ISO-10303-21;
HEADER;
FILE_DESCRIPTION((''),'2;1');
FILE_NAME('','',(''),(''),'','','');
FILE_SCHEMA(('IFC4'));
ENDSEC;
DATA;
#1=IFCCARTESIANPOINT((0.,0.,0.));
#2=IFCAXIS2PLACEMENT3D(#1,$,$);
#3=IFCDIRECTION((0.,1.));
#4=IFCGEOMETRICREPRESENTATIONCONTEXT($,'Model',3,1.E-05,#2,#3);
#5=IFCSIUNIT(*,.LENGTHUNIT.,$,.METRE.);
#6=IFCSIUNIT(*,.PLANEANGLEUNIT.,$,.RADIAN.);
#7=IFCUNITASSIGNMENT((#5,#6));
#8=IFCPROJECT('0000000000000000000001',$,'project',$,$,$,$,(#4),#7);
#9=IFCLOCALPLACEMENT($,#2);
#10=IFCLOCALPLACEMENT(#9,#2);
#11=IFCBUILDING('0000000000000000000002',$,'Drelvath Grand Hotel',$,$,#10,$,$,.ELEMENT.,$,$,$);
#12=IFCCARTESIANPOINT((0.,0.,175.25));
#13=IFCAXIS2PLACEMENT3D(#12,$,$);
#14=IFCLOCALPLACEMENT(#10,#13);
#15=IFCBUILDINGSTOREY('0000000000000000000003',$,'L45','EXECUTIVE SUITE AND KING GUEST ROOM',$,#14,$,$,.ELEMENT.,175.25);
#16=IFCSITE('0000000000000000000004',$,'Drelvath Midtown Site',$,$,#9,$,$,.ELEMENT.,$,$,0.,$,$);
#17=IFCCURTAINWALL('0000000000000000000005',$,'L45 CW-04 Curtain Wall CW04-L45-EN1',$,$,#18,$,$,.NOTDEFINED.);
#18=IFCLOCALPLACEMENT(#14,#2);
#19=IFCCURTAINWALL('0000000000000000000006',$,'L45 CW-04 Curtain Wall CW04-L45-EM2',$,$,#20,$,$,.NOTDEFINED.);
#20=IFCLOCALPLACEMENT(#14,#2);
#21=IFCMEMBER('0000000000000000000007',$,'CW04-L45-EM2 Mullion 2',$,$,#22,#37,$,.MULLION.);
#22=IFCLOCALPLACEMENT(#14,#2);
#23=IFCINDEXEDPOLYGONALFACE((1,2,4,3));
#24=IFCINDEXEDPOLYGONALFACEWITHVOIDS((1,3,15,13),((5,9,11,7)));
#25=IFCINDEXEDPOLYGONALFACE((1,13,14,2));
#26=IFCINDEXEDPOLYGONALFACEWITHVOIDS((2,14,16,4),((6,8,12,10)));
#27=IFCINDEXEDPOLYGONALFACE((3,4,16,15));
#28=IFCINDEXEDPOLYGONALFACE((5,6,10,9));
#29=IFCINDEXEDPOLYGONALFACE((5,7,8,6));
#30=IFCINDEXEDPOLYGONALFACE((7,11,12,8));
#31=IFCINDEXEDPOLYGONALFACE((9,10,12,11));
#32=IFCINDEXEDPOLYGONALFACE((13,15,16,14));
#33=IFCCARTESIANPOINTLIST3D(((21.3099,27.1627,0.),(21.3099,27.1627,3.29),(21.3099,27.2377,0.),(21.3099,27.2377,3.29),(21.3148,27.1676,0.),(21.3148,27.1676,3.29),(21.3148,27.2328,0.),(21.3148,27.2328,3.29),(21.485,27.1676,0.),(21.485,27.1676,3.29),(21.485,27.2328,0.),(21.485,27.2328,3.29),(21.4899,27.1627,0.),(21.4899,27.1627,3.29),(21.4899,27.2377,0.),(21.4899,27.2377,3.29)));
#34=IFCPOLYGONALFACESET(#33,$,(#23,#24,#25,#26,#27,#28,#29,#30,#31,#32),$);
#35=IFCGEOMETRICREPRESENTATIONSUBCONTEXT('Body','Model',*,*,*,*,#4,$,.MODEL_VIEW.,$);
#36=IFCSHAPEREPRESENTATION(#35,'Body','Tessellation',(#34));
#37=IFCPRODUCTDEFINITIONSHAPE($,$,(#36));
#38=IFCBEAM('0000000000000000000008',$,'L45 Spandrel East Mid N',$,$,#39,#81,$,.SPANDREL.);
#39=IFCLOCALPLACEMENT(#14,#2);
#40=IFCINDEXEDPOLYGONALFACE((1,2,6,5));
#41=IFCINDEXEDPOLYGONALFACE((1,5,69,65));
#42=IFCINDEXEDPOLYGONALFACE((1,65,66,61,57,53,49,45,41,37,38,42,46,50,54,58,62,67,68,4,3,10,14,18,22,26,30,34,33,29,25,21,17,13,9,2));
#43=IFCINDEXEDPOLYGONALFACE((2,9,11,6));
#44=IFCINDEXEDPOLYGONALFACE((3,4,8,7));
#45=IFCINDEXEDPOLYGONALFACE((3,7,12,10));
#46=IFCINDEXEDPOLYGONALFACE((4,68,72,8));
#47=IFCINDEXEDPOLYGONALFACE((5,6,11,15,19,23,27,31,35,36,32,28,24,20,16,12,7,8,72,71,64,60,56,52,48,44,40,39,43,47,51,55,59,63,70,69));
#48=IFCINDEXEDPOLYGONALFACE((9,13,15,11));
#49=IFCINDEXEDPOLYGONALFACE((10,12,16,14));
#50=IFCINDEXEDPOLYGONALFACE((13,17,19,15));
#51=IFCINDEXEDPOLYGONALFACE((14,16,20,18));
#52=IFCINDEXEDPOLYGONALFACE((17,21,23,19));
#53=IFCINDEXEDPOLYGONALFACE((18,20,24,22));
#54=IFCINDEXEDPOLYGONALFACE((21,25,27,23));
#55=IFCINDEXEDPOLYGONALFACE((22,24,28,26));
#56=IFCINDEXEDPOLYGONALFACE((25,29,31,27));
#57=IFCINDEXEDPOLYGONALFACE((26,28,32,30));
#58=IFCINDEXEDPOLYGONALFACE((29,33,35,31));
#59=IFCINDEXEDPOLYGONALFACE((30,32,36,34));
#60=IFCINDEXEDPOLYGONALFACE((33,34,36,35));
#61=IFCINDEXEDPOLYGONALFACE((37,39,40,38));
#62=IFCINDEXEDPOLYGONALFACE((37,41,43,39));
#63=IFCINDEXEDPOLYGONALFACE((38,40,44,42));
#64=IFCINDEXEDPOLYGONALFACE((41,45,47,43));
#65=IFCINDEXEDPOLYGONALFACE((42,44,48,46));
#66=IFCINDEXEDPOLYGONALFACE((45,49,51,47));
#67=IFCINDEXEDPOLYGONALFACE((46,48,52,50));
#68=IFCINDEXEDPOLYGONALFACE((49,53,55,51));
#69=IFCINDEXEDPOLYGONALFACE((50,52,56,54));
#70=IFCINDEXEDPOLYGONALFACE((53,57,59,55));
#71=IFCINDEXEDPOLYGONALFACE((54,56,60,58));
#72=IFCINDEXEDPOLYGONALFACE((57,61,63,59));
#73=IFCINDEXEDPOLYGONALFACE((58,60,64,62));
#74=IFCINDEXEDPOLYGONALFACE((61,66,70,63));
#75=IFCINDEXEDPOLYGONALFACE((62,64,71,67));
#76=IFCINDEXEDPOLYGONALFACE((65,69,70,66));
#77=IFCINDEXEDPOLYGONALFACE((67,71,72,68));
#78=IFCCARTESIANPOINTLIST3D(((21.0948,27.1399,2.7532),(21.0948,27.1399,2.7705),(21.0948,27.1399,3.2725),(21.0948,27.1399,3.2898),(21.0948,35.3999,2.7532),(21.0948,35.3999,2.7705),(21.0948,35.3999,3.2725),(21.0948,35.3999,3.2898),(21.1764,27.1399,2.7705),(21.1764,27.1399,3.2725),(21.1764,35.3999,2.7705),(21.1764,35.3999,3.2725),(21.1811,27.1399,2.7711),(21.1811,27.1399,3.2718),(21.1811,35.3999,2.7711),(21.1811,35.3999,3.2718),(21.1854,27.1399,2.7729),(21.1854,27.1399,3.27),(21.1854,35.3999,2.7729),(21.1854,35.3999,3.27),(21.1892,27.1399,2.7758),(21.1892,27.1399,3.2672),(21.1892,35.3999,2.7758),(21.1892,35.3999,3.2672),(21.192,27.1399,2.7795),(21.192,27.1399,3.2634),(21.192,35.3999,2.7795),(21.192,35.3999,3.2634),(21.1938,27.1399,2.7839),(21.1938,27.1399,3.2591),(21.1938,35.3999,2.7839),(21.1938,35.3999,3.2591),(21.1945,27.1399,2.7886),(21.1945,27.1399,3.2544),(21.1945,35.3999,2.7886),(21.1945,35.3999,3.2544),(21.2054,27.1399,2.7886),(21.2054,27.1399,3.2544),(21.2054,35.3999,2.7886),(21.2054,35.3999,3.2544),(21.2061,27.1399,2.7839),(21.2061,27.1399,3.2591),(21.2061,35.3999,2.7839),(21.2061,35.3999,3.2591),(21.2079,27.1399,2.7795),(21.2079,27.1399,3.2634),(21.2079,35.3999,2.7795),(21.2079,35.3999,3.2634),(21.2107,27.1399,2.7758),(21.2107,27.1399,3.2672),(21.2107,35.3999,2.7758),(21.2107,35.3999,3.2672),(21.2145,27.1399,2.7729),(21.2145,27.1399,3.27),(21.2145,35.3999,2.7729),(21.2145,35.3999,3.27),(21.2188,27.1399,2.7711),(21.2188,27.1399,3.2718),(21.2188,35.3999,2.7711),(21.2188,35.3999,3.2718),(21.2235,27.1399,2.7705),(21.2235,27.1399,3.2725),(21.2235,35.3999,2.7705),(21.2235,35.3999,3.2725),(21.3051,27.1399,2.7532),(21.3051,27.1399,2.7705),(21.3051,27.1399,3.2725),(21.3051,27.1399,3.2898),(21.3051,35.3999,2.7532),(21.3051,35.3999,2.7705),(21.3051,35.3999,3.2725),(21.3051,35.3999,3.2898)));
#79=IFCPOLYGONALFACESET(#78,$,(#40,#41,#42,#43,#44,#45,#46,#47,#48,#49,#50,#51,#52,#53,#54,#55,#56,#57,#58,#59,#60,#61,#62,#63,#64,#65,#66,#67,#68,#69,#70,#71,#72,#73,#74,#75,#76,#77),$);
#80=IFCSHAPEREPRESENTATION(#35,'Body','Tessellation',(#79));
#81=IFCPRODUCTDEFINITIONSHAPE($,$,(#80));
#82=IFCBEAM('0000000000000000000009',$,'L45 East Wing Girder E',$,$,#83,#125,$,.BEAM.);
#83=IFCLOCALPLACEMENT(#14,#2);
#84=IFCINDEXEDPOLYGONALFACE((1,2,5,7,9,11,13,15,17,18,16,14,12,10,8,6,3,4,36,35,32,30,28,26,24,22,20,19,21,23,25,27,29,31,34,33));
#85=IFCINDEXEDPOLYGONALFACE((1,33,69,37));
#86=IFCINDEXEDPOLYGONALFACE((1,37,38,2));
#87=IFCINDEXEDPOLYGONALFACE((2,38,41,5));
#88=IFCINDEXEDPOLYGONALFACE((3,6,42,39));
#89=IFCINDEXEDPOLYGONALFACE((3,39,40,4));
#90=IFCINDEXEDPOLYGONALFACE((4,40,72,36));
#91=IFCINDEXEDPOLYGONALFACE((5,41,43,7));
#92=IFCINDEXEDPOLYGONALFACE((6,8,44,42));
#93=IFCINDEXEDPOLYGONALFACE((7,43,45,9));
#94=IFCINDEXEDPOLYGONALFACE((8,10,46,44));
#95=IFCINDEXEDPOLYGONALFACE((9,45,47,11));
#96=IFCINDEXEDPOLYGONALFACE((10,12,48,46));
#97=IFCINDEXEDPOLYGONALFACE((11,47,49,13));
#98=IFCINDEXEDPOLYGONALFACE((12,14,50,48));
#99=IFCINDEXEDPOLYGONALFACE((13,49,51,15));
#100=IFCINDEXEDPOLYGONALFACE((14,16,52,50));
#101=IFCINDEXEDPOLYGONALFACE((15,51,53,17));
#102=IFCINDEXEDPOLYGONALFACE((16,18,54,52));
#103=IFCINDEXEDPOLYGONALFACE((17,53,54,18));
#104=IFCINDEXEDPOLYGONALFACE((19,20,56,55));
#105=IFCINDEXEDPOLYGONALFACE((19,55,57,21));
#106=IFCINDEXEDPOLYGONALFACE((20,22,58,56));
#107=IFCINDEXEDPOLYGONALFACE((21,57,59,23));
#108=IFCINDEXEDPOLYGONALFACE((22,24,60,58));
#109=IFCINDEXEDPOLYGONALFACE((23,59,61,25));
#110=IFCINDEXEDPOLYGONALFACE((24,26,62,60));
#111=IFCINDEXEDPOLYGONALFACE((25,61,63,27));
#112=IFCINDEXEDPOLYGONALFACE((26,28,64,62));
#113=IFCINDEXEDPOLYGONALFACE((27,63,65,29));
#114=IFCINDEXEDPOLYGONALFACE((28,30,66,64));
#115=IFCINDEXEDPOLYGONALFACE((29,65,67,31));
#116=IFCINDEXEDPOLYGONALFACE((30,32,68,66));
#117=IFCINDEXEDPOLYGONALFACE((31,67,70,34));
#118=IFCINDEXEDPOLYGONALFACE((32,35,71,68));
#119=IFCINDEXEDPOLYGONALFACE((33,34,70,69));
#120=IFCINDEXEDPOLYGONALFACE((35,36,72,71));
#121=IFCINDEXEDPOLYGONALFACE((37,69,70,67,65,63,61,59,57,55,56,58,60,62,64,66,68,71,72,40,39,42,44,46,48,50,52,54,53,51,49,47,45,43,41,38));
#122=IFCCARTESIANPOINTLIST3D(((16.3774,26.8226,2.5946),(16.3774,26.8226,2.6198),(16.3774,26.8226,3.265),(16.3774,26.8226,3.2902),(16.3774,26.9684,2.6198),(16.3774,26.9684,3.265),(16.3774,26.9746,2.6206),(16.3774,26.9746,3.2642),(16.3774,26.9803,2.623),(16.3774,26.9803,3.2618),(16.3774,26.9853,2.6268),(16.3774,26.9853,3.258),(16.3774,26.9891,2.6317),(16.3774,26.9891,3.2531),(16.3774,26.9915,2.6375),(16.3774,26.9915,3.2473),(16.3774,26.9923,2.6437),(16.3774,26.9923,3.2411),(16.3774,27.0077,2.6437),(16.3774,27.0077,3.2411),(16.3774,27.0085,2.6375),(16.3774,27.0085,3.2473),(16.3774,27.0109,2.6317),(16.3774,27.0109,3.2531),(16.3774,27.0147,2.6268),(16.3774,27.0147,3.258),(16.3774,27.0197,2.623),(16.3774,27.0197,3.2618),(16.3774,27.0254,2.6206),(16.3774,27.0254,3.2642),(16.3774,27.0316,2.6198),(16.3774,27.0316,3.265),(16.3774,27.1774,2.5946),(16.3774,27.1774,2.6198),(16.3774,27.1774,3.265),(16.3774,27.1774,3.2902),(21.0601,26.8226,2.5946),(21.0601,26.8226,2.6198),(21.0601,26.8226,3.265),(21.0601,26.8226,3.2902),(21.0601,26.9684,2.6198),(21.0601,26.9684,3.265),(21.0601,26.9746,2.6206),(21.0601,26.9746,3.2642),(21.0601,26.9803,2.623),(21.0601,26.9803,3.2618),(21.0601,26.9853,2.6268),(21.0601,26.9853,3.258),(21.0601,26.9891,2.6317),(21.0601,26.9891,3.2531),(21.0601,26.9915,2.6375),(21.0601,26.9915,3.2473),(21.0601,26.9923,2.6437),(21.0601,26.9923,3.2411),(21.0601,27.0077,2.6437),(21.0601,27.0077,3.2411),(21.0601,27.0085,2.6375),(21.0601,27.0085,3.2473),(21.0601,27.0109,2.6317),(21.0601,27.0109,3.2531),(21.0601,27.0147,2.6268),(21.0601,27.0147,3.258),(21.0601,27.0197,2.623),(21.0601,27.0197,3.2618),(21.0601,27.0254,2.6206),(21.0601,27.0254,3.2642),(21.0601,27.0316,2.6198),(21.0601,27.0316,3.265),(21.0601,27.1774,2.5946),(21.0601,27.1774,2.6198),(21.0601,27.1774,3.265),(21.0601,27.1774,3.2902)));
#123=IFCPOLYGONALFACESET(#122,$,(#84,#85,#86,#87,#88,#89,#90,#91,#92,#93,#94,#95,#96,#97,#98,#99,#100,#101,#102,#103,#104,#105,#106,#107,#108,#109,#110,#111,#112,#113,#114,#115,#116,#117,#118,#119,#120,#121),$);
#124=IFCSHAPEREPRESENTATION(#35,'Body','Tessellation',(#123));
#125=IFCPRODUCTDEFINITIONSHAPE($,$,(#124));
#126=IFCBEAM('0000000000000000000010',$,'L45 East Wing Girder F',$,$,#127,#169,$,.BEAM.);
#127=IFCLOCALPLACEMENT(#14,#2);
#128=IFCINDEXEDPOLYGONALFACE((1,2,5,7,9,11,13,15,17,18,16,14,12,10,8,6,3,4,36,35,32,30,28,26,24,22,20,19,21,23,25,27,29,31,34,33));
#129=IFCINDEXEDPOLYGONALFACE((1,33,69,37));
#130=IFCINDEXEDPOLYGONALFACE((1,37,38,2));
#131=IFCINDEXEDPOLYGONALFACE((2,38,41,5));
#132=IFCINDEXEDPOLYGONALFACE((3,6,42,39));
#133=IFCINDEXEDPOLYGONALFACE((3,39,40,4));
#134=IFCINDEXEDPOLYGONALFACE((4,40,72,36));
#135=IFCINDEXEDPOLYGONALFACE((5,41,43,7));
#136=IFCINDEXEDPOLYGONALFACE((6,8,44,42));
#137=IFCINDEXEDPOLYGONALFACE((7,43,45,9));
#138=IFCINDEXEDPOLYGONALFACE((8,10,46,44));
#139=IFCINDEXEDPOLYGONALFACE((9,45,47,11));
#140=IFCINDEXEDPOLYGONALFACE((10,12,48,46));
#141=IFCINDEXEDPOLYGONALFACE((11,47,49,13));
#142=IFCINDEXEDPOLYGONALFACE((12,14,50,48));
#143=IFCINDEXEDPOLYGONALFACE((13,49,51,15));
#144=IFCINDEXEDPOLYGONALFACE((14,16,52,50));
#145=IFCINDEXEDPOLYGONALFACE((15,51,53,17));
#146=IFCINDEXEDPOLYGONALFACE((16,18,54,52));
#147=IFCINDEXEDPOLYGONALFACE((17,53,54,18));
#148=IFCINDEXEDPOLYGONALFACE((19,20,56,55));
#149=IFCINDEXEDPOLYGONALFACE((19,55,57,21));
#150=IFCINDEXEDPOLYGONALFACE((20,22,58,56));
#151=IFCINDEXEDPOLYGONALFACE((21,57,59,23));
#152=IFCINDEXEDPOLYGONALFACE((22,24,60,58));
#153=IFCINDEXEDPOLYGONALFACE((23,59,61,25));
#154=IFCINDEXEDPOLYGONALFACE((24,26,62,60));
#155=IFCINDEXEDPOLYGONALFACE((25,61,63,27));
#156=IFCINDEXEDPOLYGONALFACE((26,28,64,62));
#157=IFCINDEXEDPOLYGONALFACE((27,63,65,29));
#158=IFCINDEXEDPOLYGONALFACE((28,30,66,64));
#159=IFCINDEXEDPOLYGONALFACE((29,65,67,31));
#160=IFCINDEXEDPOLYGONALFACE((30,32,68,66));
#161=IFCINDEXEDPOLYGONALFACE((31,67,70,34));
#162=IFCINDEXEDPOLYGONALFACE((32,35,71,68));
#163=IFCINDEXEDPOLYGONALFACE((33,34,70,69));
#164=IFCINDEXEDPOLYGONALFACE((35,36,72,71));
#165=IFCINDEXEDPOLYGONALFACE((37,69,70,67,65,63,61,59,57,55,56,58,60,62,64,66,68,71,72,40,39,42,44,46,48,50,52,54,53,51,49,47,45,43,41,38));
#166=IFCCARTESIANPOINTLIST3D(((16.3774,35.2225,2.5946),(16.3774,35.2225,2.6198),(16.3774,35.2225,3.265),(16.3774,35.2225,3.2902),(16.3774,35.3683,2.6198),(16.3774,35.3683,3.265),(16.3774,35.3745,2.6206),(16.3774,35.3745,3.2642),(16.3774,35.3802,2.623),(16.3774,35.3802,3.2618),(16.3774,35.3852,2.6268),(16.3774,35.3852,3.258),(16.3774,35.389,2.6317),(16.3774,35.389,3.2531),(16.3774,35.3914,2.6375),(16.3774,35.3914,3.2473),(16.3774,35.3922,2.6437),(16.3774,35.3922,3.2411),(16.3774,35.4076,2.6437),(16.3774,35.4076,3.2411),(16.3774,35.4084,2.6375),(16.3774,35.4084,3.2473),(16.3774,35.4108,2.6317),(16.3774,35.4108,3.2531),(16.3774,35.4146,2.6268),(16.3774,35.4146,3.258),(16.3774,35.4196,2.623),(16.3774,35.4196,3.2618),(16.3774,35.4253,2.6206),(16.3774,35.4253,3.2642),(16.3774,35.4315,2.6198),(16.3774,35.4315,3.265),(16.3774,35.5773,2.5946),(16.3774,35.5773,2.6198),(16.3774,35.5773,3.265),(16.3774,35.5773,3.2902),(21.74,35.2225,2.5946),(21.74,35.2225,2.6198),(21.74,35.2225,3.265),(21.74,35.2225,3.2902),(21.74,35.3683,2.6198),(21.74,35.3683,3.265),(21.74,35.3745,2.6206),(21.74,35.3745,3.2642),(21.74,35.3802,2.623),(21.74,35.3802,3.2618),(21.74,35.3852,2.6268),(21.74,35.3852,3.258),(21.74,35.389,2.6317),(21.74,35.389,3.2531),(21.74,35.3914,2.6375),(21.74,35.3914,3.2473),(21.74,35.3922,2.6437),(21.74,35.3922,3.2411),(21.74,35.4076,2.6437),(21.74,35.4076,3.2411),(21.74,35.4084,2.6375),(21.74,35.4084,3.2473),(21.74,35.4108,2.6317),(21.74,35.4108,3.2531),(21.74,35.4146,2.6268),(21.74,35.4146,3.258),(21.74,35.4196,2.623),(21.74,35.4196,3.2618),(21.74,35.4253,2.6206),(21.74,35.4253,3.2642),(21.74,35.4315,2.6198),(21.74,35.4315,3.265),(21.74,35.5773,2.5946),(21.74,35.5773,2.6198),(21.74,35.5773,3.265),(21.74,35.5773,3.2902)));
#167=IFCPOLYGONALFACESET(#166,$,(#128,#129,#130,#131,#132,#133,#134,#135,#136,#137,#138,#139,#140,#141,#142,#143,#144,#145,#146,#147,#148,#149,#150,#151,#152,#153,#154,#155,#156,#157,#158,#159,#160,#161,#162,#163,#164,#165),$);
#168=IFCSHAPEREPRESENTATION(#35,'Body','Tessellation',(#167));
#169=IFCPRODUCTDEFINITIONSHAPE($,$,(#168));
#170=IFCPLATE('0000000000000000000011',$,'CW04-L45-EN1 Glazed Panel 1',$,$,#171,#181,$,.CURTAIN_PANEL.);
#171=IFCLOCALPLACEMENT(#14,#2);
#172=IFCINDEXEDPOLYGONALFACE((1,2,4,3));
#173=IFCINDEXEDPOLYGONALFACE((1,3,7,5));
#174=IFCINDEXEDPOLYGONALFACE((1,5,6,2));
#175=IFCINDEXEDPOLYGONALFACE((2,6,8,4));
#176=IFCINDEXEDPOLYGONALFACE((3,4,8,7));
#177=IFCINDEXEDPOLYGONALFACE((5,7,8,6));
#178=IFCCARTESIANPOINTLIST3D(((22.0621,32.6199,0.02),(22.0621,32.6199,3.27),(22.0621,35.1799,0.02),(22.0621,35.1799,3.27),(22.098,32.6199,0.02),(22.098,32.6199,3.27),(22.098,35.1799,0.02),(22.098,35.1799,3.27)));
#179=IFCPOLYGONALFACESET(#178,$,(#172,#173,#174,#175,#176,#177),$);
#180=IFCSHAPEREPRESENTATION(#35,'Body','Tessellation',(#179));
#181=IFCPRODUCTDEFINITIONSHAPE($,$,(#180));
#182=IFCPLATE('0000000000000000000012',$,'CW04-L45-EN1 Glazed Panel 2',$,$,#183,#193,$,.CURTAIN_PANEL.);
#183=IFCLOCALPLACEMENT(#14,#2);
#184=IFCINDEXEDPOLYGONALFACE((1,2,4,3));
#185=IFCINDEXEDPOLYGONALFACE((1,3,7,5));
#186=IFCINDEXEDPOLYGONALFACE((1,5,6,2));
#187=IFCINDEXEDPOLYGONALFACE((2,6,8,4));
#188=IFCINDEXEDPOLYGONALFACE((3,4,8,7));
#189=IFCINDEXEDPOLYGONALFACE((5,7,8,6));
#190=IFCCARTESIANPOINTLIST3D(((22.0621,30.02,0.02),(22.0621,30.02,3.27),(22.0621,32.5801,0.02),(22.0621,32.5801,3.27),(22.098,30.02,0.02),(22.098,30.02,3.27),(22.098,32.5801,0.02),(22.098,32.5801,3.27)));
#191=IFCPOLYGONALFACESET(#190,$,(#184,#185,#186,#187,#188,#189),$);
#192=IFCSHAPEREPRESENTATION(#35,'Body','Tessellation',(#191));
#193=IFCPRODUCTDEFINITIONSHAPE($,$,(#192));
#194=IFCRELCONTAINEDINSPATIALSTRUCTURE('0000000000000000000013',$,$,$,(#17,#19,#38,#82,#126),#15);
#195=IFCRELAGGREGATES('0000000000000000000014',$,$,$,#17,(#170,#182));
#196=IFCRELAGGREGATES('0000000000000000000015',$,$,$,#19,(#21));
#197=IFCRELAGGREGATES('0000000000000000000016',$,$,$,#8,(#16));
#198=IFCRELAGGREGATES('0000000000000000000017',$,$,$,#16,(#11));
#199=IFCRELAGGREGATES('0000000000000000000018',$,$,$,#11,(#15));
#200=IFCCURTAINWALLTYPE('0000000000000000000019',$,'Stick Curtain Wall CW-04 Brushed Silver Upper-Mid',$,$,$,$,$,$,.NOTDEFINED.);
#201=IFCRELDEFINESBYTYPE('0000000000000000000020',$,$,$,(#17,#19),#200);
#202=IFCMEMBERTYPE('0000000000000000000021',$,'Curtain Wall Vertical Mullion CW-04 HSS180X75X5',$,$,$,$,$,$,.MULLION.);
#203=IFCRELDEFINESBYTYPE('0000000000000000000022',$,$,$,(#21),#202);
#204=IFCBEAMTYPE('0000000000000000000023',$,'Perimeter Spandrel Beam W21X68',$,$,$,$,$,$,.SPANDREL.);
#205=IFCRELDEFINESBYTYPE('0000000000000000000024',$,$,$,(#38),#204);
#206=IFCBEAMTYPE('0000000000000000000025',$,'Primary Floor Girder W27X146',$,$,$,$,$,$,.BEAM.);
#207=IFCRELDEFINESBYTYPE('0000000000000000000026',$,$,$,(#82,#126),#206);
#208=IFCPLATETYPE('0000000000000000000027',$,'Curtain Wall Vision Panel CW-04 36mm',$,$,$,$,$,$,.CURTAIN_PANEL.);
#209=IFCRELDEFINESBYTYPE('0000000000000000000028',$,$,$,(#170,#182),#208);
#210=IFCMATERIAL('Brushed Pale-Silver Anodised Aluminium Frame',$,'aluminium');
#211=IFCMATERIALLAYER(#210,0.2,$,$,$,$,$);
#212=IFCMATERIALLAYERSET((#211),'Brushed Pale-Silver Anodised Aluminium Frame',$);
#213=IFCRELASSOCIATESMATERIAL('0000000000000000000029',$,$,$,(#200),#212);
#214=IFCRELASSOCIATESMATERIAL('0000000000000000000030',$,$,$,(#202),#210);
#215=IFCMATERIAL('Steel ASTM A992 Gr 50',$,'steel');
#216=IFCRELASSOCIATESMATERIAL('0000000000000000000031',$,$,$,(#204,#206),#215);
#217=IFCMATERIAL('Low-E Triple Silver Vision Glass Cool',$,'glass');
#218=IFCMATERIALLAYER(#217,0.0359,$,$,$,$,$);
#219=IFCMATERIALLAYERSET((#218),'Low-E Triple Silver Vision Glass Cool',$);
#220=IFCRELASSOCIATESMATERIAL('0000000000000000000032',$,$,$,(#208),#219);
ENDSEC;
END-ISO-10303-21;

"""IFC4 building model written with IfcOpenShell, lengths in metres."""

from ifc_helpers import new_model, si_unit, direction, frame, origin, origin_2d, place, context, subcontext, project, spatial, rectangle, hollow_rectangle, i_section, extrude, material, layer, layer_set, material_profile, profile_set, type_object, element, aggregate, save


model = new_model("IFC4")

# Units and contexts
model_context = context("Model", 3, precision=1e-05, world=origin(), true_north=direction((0.0, 1.0)))
body_context = subcontext(model_context, "Body", "Model", "MODEL_VIEW")
ifc_project = project(units=[si_unit("LENGTHUNIT", "METRE"), si_unit("PLANEANGLEUNIT", "RADIAN")], contexts=[model_context])

# Site, building, storey
site_placement = place(None, origin())
site = spatial("IfcSite", under=ifc_project, at=site_placement, Name="Drelvath Midtown Site", CompositionType="ELEMENT", RefElevation=0.0)
building_placement = place(site_placement, origin())
building = spatial("IfcBuilding", under=site, at=building_placement, Name="Drelvath Grand Hotel", CompositionType="ELEMENT")
storey_placement = place(building_placement, frame((0.0, 0.0, 175.25)))
storey = spatial("IfcBuildingStorey", under=building, at=storey_placement, Name="L45", Description="EXECUTIVE SUITE AND KING GUEST ROOM", CompositionType="ELEMENT", Elevation=175.25)

# Curtain walls
ifc_material_1 = material(Name="Brushed Pale-Silver Anodised Aluminium Frame", Category="aluminium")
ifc_layer_1 = layer(ifc_material_1, 0.2)
ifc_layer_set_1 = layer_set([ifc_layer_1], Name="Brushed Pale-Silver Anodised Aluminium Frame")
curtain_wall_type = type_object("IfcCurtainWallType", Name="Stick Curtain Wall CW-04 Brushed Silver Upper-Mid", PredefinedType="NOTDEFINED", material=ifc_layer_set_1)
curtain_wall_1_placement = place(storey_placement, origin())
curtain_wall_1 = element("IfcCurtainWall", 1, at=curtain_wall_1_placement, inside=storey, type_object=curtain_wall_type, Name="L45 CW-04 Curtain Wall CW04-L45-EN1", PredefinedType="NOTDEFINED")
curtain_wall_2_placement = place(storey_placement, origin())
curtain_wall_2 = element("IfcCurtainWall", 2, at=curtain_wall_2_placement, inside=storey, type_object=curtain_wall_type, Name="L45 CW-04 Curtain Wall CW04-L45-EM2", PredefinedType="NOTDEFINED")

# Member
ifc_material_profile_1 = material_profile(ifc_material_1, hollow_rectangle(XDim=0.075, YDim=0.1799, WallThickness=0.0049, at=origin_2d()), Name="HSS180X75X5")
ifc_profile_set_1 = profile_set([ifc_material_profile_1], Name="Brushed Pale-Silver Anodised Aluminium Frame")
member_type_1 = type_object("IfcMemberType", Name="Curtain Wall Vertical Mullion CW-04 HSS180X75X5", PredefinedType="MULLION", material=ifc_profile_set_1)
member_1_placement = place(storey_placement, frame((21.3999, 27.2002, 0.0), z_axis=(0.0, 0.0, 1.0), x_axis=(0.0, 1.0, 0.0)))
member_1 = element("IfcMember", 3, at=member_1_placement, type_object=member_type_1, Name="CW04-L45-EM2 Mullion 2", PredefinedType="MULLION", context=body_context, shape_type="SweptSolid", body=[
    extrude(hollow_rectangle(XDim=0.075, YDim=0.1799, WallThickness=0.0049, at=origin_2d()), origin(), (0.0, 0.0, 1.0), 3.29),
])

# Beams
ifc_material_2 = material(Name="Steel ASTM A992 Gr 50", Category="steel")
ifc_material_profile_2 = material_profile(ifc_material_2, i_section(OverallWidth=0.2102, OverallDepth=0.5366, WebThickness=0.011, FlangeThickness=0.0173, FilletRadius=0.0181, at=origin_2d()), Name="W21X68")
ifc_profile_set_2 = profile_set([ifc_material_profile_2], Name="Steel ASTM A992 Gr 50")
beam_type_1 = type_object("IfcBeamType", Name="Perimeter Spandrel Beam W21X68", PredefinedType="SPANDREL", material=ifc_profile_set_2)
beam_1_placement = place(storey_placement, frame((21.2, 27.1399, 3.0215), z_axis=(0.0, 1.0, 0.0), x_axis=(-1.0, 0.0, 0.0)))
element("IfcBeam", 4, at=beam_1_placement, inside=storey, type_object=beam_type_1, Name="L45 Spandrel East Mid N", PredefinedType="SPANDREL", context=body_context, shape_type="SweptSolid", body=[
    extrude(i_section(OverallWidth=0.2102, OverallDepth=0.5366, WebThickness=0.011, FlangeThickness=0.0173, FilletRadius=0.0181, at=origin_2d()), origin(), (0.0, 0.0, 1.0), 8.26),
])
ifc_material_profile_3 = material_profile(ifc_material_2, i_section(OverallWidth=0.3547, OverallDepth=0.6956, WebThickness=0.0154, FlangeThickness=0.0251, FilletRadius=0.0239, at=origin_2d()), Name="W27X146")
ifc_profile_set_3 = profile_set([ifc_material_profile_3], Name="Steel ASTM A992 Gr 50")
beam_type_2 = type_object("IfcBeamType", Name="Primary Floor Girder W27X146", PredefinedType="BEAM", material=ifc_profile_set_3)
beam_2_placement = place(storey_placement, frame((16.3774, 27.0, 2.9424), z_axis=(1.0, 0.0, 0.0), x_axis=(0.0, 1.0, 0.0)))
element("IfcBeam", 5, at=beam_2_placement, inside=storey, type_object=beam_type_2, Name="L45 East Wing Girder E", PredefinedType="BEAM", context=body_context, shape_type="SweptSolid", body=[
    extrude(i_section(OverallWidth=0.3547, OverallDepth=0.6956, WebThickness=0.0154, FlangeThickness=0.0251, FilletRadius=0.0239, at=origin_2d()), origin(), (0.0, 0.0, 1.0), 4.6826),
])
beam_3_placement = place(storey_placement, frame((16.3774, 35.3999, 2.9424), z_axis=(1.0, 0.0, 0.0), x_axis=(0.0, 1.0, 0.0)))
element("IfcBeam", 6, at=beam_3_placement, inside=storey, type_object=beam_type_2, Name="L45 East Wing Girder F", PredefinedType="BEAM", context=body_context, shape_type="SweptSolid", body=[
    extrude(i_section(OverallWidth=0.3547, OverallDepth=0.6956, WebThickness=0.0154, FlangeThickness=0.0251, FilletRadius=0.0239, at=origin_2d()), origin(), (0.0, 0.0, 1.0), 5.3625),
])

# Plates
ifc_material_3 = material(Name="Low-E Triple Silver Vision Glass Cool", Category="glass")
ifc_layer_2 = layer(ifc_material_3, 0.0359)
ifc_layer_set_2 = layer_set([ifc_layer_2], Name="Low-E Triple Silver Vision Glass Cool")
plate_type = type_object("IfcPlateType", Name="Curtain Wall Vision Panel CW-04 36mm", PredefinedType="CURTAIN_PANEL", material=ifc_layer_set_2)
plate_1_placement = place(storey_placement, frame((22.0801, 33.8999, 0.02), z_axis=(0.0, 0.0, 1.0), x_axis=(0.0, -1.0, 0.0)))
plate_1 = element("IfcPlate", 7, at=plate_1_placement, type_object=plate_type, Name="CW04-L45-EN1 Glazed Panel 1", PredefinedType="CURTAIN_PANEL", context=body_context, shape_type="SweptSolid", body=[
    extrude(rectangle(XDim=2.5601, YDim=0.0359, at=origin_2d()), origin(), (0.0, 0.0, 1.0), 3.25),
])
plate_2_placement = place(storey_placement, frame((22.0801, 31.3, 0.02), z_axis=(0.0, 0.0, 1.0), x_axis=(0.0, -1.0, 0.0)))
plate_2 = element("IfcPlate", 8, at=plate_2_placement, type_object=plate_type, Name="CW04-L45-EN1 Glazed Panel 2", PredefinedType="CURTAIN_PANEL", context=body_context, shape_type="SweptSolid", body=[
    extrude(rectangle(XDim=2.5601, YDim=0.0359, at=origin_2d()), origin(), (0.0, 0.0, 1.0), 3.25),
])
aggregate(curtain_wall_1, [plate_1, plate_2])
aggregate(curtain_wall_2, [member_1])

save(model, "model.ifc")
